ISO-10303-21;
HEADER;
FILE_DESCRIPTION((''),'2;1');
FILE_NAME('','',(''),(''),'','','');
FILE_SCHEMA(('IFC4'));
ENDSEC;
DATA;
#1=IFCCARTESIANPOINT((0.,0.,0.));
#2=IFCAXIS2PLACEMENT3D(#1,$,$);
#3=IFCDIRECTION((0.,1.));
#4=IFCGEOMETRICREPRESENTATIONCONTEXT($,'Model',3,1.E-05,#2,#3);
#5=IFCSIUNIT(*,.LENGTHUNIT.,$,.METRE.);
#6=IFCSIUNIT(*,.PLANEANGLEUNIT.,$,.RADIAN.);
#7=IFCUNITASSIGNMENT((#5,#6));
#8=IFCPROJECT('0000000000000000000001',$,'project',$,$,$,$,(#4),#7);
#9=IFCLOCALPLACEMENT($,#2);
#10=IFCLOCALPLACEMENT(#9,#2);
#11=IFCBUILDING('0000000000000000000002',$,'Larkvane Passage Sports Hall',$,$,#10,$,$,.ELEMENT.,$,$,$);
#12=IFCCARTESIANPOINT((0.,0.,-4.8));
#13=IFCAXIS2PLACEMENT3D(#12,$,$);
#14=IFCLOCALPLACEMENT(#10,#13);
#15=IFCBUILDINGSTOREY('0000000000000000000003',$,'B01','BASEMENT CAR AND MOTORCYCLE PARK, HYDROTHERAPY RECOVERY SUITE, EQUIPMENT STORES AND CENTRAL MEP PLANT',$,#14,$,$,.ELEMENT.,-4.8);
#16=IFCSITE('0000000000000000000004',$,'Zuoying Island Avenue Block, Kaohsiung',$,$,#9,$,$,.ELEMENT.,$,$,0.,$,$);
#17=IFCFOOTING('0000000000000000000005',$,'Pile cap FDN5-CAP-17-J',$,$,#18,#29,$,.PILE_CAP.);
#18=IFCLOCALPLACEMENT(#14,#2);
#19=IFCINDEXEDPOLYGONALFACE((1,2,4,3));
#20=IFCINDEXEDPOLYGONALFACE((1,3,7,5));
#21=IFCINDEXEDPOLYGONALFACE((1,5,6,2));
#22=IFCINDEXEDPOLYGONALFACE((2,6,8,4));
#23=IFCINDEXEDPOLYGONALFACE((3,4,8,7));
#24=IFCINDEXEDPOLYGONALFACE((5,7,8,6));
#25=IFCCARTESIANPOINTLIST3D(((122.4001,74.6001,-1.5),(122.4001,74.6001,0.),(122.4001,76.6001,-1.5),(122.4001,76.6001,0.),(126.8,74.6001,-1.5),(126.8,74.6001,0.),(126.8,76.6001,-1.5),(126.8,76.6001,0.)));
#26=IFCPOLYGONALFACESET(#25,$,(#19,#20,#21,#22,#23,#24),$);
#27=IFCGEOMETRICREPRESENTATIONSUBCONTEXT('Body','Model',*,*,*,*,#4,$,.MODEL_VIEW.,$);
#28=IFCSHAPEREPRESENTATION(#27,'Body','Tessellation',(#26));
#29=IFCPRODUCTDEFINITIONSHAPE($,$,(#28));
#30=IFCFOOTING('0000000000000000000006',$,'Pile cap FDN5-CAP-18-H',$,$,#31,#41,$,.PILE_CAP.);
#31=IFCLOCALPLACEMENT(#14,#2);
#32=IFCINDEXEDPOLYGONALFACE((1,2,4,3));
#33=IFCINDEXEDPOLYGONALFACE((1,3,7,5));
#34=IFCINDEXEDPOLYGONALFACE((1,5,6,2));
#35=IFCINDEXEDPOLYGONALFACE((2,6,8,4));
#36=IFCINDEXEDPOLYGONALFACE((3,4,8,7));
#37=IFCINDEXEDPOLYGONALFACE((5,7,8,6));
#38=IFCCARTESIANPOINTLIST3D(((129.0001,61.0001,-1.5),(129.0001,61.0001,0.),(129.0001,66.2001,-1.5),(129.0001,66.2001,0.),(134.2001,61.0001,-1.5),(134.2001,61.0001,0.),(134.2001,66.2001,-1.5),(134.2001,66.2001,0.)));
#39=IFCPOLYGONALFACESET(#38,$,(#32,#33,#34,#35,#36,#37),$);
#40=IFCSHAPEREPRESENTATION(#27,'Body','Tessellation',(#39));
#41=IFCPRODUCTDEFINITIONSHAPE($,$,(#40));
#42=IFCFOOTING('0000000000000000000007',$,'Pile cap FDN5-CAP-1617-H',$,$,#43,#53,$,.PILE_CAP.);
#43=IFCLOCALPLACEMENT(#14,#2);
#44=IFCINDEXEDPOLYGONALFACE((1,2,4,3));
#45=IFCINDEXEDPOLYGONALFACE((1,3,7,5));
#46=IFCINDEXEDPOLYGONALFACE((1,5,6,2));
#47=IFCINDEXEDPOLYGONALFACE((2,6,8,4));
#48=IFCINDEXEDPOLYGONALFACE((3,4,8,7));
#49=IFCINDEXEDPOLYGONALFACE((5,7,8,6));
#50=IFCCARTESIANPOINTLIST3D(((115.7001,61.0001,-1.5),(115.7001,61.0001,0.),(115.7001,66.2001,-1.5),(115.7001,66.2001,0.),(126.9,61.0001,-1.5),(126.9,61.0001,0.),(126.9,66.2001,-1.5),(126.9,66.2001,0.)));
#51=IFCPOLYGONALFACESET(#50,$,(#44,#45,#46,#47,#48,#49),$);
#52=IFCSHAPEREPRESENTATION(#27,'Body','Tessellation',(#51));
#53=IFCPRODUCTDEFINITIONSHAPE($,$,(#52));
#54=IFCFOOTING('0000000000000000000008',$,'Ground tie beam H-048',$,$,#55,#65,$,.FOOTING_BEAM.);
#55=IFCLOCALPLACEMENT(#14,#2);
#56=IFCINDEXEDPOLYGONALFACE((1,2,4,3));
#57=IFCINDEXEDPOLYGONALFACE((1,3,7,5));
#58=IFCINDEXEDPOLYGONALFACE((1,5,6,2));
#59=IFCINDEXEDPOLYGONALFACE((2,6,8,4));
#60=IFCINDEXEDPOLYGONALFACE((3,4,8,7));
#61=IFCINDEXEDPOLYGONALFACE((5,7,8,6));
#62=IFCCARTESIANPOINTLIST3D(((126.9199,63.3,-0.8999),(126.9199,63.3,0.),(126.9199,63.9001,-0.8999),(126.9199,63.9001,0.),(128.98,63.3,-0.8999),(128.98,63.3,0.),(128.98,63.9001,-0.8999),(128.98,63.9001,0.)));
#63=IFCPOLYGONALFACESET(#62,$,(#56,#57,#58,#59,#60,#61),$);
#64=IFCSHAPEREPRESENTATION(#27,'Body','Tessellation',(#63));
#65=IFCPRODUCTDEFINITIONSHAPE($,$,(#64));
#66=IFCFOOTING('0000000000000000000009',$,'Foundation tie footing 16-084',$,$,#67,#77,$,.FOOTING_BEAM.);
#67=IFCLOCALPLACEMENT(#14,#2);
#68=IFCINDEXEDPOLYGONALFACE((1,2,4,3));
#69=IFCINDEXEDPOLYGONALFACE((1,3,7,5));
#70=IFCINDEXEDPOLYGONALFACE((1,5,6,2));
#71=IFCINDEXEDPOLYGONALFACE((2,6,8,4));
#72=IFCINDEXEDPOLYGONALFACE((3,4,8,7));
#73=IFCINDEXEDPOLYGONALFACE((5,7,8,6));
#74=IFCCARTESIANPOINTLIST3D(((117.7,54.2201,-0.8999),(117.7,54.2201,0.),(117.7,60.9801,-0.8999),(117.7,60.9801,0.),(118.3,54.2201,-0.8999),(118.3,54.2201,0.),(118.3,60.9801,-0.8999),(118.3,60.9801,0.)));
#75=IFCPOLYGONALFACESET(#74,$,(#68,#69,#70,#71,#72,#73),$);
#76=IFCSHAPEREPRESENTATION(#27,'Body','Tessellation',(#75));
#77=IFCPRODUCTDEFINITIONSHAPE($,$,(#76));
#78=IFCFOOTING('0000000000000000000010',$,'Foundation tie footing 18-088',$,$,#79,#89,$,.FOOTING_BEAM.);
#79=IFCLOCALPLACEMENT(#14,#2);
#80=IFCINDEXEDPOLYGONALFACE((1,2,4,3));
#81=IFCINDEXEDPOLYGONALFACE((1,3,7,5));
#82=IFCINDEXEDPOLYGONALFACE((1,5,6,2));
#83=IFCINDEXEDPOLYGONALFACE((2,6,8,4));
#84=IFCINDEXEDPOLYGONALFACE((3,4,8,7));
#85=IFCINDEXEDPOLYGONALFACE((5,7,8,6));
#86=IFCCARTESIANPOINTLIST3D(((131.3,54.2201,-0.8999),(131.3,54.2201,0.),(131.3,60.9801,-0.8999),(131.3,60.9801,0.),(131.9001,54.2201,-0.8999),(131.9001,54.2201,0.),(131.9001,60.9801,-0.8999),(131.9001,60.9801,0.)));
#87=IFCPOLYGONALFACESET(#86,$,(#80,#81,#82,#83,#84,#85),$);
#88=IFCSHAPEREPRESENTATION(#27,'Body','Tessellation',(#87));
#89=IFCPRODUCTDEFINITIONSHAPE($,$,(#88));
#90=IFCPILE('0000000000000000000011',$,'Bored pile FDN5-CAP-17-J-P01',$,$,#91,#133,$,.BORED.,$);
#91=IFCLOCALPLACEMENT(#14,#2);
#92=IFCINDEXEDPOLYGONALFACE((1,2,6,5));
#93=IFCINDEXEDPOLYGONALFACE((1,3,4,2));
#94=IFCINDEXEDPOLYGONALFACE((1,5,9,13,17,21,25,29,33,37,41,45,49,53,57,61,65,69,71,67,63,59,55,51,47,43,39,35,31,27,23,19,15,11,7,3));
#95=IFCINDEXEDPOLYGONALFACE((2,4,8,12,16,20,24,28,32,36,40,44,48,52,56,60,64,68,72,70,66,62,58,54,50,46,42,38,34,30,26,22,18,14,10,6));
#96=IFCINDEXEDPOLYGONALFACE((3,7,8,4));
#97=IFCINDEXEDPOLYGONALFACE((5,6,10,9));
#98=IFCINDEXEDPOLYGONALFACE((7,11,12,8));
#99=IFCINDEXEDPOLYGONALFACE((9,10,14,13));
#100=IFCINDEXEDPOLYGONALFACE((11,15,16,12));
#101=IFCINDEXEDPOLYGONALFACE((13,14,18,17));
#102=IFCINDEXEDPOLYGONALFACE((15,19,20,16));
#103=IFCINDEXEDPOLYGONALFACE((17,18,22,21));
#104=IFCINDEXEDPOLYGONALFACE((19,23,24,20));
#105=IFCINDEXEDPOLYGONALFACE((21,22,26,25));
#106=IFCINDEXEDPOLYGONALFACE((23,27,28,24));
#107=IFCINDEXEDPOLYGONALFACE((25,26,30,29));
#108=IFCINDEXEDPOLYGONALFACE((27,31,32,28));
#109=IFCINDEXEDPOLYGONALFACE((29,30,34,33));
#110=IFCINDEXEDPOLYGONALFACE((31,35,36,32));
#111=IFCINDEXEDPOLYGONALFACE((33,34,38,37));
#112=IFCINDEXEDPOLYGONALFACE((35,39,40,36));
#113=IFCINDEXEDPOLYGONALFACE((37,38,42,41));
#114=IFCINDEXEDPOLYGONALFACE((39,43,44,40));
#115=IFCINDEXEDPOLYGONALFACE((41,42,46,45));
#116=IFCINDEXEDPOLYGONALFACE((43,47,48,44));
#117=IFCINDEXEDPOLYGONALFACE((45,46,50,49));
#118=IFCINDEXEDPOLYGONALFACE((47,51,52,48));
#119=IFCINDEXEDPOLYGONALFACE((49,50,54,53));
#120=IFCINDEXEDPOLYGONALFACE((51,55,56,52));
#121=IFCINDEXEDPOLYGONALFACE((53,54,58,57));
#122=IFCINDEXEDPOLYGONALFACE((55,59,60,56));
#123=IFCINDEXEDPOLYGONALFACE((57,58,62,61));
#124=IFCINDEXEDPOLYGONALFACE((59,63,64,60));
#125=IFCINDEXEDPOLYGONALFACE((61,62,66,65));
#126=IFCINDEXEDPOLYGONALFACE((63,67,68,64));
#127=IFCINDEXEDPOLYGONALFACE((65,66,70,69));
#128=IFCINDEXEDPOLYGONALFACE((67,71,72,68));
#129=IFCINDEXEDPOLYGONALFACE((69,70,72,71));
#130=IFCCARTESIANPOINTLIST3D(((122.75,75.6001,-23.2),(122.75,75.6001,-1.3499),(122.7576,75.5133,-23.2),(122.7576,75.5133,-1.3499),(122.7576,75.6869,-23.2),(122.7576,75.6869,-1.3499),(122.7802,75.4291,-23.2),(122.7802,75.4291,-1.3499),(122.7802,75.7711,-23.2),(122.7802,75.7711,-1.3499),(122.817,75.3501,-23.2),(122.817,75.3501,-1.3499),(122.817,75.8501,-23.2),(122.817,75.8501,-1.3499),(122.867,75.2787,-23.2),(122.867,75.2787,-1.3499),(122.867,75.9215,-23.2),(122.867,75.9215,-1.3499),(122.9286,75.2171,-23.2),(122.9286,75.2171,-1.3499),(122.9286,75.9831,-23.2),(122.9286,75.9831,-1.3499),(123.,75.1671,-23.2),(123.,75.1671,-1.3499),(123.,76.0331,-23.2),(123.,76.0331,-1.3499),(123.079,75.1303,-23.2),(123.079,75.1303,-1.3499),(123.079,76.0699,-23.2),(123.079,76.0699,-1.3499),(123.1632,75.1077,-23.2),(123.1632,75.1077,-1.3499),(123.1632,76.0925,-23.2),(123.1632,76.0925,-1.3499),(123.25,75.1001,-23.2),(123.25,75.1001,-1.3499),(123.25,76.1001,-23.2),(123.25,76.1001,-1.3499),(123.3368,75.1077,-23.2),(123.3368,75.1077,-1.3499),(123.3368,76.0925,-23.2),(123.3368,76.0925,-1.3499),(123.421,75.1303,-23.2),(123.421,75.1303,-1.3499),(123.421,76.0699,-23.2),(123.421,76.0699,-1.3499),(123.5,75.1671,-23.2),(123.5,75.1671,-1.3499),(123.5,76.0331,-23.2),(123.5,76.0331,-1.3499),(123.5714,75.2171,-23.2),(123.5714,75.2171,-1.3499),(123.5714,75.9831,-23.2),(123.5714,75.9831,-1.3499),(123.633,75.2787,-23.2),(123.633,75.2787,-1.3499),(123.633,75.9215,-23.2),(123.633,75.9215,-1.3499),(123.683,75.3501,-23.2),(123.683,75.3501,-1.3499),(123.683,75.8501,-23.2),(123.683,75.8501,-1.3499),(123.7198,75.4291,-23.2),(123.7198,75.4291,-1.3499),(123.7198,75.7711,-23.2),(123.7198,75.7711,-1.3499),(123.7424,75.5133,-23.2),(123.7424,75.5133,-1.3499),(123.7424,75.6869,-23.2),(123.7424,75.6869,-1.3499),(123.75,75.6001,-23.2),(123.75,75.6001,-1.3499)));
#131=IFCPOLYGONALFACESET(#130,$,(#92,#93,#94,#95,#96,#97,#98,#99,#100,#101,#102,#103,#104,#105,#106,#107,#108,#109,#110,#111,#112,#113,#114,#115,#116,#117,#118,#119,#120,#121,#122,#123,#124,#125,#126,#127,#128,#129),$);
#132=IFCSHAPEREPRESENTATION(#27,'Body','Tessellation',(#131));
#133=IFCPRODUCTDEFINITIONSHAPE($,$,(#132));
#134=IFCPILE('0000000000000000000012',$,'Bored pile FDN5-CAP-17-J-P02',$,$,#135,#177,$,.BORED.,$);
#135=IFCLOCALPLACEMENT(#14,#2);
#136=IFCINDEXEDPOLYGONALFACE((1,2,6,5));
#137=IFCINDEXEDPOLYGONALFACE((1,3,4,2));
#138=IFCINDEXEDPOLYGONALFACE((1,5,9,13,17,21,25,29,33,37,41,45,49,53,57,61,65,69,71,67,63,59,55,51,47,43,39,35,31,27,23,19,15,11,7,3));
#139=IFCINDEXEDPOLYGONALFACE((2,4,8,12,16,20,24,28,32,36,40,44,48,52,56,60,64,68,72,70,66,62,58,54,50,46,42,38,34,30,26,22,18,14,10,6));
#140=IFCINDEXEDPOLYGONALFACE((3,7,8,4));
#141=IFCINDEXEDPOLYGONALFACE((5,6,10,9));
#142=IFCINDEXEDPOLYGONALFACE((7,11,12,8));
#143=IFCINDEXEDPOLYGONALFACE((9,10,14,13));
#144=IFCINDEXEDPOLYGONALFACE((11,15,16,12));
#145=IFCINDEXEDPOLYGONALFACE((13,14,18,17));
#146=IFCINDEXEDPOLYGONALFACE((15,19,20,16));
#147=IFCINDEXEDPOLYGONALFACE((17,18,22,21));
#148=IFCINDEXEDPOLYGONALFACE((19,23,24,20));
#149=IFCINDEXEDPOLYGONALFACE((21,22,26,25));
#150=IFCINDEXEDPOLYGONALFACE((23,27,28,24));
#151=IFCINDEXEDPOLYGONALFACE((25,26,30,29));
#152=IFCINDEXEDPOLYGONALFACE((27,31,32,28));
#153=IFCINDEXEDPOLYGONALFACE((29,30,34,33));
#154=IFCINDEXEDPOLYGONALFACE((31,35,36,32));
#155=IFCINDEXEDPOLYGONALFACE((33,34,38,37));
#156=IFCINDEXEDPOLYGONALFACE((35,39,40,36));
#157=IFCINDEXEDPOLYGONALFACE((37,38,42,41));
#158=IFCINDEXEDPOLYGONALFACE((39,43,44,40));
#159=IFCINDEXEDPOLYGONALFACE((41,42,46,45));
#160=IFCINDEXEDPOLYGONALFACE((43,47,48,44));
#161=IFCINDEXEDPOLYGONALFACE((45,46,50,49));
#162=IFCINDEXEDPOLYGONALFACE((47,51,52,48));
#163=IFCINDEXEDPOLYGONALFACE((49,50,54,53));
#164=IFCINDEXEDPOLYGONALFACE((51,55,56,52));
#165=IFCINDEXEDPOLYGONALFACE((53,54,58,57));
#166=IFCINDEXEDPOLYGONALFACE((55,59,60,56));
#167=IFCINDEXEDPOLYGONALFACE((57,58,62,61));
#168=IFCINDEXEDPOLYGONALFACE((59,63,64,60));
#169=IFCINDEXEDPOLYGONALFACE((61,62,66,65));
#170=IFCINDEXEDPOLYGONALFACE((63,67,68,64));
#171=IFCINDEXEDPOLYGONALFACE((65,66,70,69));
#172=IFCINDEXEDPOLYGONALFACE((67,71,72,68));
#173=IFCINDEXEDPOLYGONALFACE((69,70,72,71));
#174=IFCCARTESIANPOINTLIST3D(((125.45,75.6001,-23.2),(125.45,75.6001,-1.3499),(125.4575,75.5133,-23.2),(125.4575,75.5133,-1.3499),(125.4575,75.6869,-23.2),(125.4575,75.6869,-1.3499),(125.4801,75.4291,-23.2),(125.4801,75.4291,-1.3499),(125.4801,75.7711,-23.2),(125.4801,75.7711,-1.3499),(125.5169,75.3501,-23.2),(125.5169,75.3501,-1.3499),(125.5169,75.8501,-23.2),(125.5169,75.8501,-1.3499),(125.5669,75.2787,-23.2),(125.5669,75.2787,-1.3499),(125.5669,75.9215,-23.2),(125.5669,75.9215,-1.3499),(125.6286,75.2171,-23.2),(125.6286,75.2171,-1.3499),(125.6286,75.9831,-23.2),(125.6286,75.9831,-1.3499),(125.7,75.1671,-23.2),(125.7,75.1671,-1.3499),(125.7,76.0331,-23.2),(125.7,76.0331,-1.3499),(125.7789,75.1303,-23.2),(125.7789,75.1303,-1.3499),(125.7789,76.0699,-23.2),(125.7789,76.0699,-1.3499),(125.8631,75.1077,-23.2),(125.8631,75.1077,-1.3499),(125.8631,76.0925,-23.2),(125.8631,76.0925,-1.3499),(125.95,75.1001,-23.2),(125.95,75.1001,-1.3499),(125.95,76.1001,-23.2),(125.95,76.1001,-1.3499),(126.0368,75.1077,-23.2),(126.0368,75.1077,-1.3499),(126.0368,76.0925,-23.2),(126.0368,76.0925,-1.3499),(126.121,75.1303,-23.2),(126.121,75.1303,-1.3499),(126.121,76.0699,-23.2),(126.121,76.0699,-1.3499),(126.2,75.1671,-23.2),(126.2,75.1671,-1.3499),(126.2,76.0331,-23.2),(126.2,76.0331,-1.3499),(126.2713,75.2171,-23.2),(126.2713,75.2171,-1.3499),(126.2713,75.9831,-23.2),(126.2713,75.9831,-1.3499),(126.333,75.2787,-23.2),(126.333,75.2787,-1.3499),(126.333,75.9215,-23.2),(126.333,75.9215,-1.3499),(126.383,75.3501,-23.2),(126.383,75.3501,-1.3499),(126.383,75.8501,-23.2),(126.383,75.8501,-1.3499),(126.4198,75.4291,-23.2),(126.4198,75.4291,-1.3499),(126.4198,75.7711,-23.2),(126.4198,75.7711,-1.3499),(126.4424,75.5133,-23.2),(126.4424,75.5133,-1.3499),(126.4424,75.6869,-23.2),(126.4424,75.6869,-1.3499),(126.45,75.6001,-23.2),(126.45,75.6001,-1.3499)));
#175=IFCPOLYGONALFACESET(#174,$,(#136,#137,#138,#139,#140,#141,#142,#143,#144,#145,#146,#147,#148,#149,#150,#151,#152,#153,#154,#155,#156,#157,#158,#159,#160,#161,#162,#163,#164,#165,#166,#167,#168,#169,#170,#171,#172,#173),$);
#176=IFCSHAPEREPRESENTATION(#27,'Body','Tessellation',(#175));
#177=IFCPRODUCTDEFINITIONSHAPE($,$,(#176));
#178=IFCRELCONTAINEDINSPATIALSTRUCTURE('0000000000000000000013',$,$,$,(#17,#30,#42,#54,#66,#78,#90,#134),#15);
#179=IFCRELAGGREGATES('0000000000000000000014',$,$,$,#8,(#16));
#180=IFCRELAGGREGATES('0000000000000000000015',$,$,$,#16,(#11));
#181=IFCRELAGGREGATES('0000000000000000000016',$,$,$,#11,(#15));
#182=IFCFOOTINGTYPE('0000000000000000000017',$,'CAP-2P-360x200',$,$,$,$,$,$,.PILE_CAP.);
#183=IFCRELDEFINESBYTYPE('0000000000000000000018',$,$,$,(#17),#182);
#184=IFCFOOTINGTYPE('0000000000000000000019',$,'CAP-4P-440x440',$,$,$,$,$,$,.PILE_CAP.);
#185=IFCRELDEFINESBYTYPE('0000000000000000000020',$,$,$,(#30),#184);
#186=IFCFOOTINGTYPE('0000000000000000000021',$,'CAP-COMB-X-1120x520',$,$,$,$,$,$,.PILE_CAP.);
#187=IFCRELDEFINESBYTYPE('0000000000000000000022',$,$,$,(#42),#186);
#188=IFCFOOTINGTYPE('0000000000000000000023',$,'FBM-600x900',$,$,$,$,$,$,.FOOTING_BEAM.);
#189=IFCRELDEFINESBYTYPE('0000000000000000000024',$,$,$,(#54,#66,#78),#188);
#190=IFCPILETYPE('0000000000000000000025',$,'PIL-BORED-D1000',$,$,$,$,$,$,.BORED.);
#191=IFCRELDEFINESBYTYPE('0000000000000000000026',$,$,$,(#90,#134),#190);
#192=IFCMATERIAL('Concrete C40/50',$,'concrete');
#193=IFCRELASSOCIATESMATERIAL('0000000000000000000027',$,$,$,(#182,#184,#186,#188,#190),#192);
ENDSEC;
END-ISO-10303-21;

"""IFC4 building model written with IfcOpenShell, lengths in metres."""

from ifc_helpers import new_model, si_unit, direction, frame, origin, origin_2d, place, context, subcontext, project, spatial, rectangle, circle, extrude, material, material_profile, profile_set, type_object, element, save


model = new_model("IFC4")

# Units and contexts
model_context = context("Model", 3, precision=1e-05, world=origin(), true_north=direction((0.0, 1.0)))
body_context = subcontext(model_context, "Body", "Model", "MODEL_VIEW")
ifc_project = project(units=[si_unit("LENGTHUNIT", "METRE"), si_unit("PLANEANGLEUNIT", "RADIAN")], contexts=[model_context])

# Site, building, storey
site_placement = place(None, origin())
site = spatial("IfcSite", under=ifc_project, at=site_placement, Name="Zuoying Island Avenue Block, Kaohsiung", CompositionType="ELEMENT", RefElevation=0.0)
building_placement = place(site_placement, origin())
building = spatial("IfcBuilding", under=site, at=building_placement, Name="Larkvane Passage Sports Hall", CompositionType="ELEMENT")
storey_placement = place(building_placement, frame((0.0, 0.0, -4.8)))
storey = spatial("IfcBuildingStorey", under=building, at=storey_placement, Name="B01", Description="BASEMENT CAR AND MOTORCYCLE PARK, HYDROTHERAPY RECOVERY SUITE, EQUIPMENT STORES AND CENTRAL MEP PLANT", CompositionType="ELEMENT", Elevation=-4.8)

# Footings
ifc_material_1 = material(Name="Concrete C40/50", Category="concrete")
footing_type_1 = type_object("IfcFootingType", Name="CAP-2P-360x200", PredefinedType="PILE_CAP", material=ifc_material_1)
footing_1_placement = place(storey_placement, frame((124.6001, 75.6001, -1.5), z_axis=(0.0, 0.0, 1.0), x_axis=(1.0, 0.0, 0.0)))
element("IfcFooting", 1, at=footing_1_placement, inside=storey, type_object=footing_type_1, Name="Pile cap FDN5-CAP-17-J", PredefinedType="PILE_CAP", context=body_context, shape_type="SweptSolid", body=[
    extrude(rectangle(XDim=4.3999, YDim=2.0, at=origin_2d()), origin(), (0.0, 0.0, 1.0), 1.5),
])
footing_type_2 = type_object("IfcFootingType", Name="CAP-4P-440x440", PredefinedType="PILE_CAP", material=ifc_material_1)
footing_2_placement = place(storey_placement, frame((131.6001, 63.6001, -1.5), z_axis=(0.0, 0.0, 1.0), x_axis=(1.0, 0.0, 0.0)))
element("IfcFooting", 2, at=footing_2_placement, inside=storey, type_object=footing_type_2, Name="Pile cap FDN5-CAP-18-H", PredefinedType="PILE_CAP", context=body_context, shape_type="SweptSolid", body=[
    extrude(rectangle(XDim=5.2, YDim=5.2, at=origin_2d()), origin(), (0.0, 0.0, 1.0), 1.5),
])
footing_type_3 = type_object("IfcFootingType", Name="CAP-COMB-X-1120x520", PredefinedType="PILE_CAP", material=ifc_material_1)
footing_3_placement = place(storey_placement, frame((121.3, 63.6001, -1.5), z_axis=(0.0, 0.0, 1.0), x_axis=(1.0, 0.0, 0.0)))
element("IfcFooting", 3, at=footing_3_placement, inside=storey, type_object=footing_type_3, Name="Pile cap FDN5-CAP-1617-H", PredefinedType="PILE_CAP", context=body_context, shape_type="SweptSolid", body=[
    extrude(rectangle(XDim=11.2, YDim=5.2, at=origin_2d()), origin(), (0.0, 0.0, 1.0), 1.5),
])
footing_type_4 = type_object("IfcFootingType", Name="FBM-600x900", PredefinedType="FOOTING_BEAM", material=ifc_material_1)
footing_4_placement = place(storey_placement, frame((127.95, 63.6001, -0.8999), z_axis=(0.0, 0.0, 1.0), x_axis=(1.0, 0.0, 0.0)))
element("IfcFooting", 4, at=footing_4_placement, inside=storey, type_object=footing_type_4, Name="Ground tie beam H-048", PredefinedType="FOOTING_BEAM", context=body_context, shape_type="SweptSolid", body=[
    extrude(rectangle(XDim=2.0601, YDim=0.6001, at=origin_2d()), origin(), (0.0, 0.0, 1.0), 0.8999),
])
for number, where, z_axis, x_axis, name in (
    (5, (118.0, 57.6001, -0.8999), (0.0, 0.0, 1.0), (1.0, 0.0, 0.0), "Foundation tie footing 16-084"),
    (6, (131.6001, 57.6001, -0.8999), (0.0, 0.0, 1.0), (1.0, 0.0, 0.0), "Foundation tie footing 18-088"),
):
    element("IfcFooting", number, at=place(storey_placement, frame(where, z_axis=z_axis, x_axis=x_axis)), inside=storey, type_object=footing_type_4, Name=name, PredefinedType="FOOTING_BEAM", context=body_context, shape_type="SweptSolid", body=[
        extrude(rectangle(XDim=0.6001, YDim=6.76, at=origin_2d()), origin(), (0.0, 0.0, 1.0), 0.8999),
    ])

# Piles
ifc_material_profile_1 = material_profile(ifc_material_1, circle(Radius=0.5, at=origin_2d()), Name="PILE-D1000")
ifc_profile_set_1 = profile_set([ifc_material_profile_1], Name="Concrete C40/50")
pile_type_1 = type_object("IfcPileType", Name="PIL-BORED-D1000", PredefinedType="BORED", material=ifc_profile_set_1)
for number, where, z_axis, x_axis, name in (
    (7, (123.25, 75.6001, -1.3499), (0.0, 0.0, -1.0), (1.0, 0.0, 0.0), "Bored pile FDN5-CAP-17-J-P01"),
    (8, (125.95, 75.6001, -1.3499), (0.0, 0.0, -1.0), (1.0, 0.0, 0.0), "Bored pile FDN5-CAP-17-J-P02"),
):
    element("IfcPile", number, at=place(storey_placement, frame(where, z_axis=z_axis, x_axis=x_axis)), inside=storey, type_object=pile_type_1, Name=name, PredefinedType="BORED", context=body_context, shape_type="SweptSolid", body=[
        extrude(circle(Radius=0.5, at=origin_2d()), origin(), (0.0, 0.0, 1.0), 21.8501),
    ])

save(model, "model.ifc")
